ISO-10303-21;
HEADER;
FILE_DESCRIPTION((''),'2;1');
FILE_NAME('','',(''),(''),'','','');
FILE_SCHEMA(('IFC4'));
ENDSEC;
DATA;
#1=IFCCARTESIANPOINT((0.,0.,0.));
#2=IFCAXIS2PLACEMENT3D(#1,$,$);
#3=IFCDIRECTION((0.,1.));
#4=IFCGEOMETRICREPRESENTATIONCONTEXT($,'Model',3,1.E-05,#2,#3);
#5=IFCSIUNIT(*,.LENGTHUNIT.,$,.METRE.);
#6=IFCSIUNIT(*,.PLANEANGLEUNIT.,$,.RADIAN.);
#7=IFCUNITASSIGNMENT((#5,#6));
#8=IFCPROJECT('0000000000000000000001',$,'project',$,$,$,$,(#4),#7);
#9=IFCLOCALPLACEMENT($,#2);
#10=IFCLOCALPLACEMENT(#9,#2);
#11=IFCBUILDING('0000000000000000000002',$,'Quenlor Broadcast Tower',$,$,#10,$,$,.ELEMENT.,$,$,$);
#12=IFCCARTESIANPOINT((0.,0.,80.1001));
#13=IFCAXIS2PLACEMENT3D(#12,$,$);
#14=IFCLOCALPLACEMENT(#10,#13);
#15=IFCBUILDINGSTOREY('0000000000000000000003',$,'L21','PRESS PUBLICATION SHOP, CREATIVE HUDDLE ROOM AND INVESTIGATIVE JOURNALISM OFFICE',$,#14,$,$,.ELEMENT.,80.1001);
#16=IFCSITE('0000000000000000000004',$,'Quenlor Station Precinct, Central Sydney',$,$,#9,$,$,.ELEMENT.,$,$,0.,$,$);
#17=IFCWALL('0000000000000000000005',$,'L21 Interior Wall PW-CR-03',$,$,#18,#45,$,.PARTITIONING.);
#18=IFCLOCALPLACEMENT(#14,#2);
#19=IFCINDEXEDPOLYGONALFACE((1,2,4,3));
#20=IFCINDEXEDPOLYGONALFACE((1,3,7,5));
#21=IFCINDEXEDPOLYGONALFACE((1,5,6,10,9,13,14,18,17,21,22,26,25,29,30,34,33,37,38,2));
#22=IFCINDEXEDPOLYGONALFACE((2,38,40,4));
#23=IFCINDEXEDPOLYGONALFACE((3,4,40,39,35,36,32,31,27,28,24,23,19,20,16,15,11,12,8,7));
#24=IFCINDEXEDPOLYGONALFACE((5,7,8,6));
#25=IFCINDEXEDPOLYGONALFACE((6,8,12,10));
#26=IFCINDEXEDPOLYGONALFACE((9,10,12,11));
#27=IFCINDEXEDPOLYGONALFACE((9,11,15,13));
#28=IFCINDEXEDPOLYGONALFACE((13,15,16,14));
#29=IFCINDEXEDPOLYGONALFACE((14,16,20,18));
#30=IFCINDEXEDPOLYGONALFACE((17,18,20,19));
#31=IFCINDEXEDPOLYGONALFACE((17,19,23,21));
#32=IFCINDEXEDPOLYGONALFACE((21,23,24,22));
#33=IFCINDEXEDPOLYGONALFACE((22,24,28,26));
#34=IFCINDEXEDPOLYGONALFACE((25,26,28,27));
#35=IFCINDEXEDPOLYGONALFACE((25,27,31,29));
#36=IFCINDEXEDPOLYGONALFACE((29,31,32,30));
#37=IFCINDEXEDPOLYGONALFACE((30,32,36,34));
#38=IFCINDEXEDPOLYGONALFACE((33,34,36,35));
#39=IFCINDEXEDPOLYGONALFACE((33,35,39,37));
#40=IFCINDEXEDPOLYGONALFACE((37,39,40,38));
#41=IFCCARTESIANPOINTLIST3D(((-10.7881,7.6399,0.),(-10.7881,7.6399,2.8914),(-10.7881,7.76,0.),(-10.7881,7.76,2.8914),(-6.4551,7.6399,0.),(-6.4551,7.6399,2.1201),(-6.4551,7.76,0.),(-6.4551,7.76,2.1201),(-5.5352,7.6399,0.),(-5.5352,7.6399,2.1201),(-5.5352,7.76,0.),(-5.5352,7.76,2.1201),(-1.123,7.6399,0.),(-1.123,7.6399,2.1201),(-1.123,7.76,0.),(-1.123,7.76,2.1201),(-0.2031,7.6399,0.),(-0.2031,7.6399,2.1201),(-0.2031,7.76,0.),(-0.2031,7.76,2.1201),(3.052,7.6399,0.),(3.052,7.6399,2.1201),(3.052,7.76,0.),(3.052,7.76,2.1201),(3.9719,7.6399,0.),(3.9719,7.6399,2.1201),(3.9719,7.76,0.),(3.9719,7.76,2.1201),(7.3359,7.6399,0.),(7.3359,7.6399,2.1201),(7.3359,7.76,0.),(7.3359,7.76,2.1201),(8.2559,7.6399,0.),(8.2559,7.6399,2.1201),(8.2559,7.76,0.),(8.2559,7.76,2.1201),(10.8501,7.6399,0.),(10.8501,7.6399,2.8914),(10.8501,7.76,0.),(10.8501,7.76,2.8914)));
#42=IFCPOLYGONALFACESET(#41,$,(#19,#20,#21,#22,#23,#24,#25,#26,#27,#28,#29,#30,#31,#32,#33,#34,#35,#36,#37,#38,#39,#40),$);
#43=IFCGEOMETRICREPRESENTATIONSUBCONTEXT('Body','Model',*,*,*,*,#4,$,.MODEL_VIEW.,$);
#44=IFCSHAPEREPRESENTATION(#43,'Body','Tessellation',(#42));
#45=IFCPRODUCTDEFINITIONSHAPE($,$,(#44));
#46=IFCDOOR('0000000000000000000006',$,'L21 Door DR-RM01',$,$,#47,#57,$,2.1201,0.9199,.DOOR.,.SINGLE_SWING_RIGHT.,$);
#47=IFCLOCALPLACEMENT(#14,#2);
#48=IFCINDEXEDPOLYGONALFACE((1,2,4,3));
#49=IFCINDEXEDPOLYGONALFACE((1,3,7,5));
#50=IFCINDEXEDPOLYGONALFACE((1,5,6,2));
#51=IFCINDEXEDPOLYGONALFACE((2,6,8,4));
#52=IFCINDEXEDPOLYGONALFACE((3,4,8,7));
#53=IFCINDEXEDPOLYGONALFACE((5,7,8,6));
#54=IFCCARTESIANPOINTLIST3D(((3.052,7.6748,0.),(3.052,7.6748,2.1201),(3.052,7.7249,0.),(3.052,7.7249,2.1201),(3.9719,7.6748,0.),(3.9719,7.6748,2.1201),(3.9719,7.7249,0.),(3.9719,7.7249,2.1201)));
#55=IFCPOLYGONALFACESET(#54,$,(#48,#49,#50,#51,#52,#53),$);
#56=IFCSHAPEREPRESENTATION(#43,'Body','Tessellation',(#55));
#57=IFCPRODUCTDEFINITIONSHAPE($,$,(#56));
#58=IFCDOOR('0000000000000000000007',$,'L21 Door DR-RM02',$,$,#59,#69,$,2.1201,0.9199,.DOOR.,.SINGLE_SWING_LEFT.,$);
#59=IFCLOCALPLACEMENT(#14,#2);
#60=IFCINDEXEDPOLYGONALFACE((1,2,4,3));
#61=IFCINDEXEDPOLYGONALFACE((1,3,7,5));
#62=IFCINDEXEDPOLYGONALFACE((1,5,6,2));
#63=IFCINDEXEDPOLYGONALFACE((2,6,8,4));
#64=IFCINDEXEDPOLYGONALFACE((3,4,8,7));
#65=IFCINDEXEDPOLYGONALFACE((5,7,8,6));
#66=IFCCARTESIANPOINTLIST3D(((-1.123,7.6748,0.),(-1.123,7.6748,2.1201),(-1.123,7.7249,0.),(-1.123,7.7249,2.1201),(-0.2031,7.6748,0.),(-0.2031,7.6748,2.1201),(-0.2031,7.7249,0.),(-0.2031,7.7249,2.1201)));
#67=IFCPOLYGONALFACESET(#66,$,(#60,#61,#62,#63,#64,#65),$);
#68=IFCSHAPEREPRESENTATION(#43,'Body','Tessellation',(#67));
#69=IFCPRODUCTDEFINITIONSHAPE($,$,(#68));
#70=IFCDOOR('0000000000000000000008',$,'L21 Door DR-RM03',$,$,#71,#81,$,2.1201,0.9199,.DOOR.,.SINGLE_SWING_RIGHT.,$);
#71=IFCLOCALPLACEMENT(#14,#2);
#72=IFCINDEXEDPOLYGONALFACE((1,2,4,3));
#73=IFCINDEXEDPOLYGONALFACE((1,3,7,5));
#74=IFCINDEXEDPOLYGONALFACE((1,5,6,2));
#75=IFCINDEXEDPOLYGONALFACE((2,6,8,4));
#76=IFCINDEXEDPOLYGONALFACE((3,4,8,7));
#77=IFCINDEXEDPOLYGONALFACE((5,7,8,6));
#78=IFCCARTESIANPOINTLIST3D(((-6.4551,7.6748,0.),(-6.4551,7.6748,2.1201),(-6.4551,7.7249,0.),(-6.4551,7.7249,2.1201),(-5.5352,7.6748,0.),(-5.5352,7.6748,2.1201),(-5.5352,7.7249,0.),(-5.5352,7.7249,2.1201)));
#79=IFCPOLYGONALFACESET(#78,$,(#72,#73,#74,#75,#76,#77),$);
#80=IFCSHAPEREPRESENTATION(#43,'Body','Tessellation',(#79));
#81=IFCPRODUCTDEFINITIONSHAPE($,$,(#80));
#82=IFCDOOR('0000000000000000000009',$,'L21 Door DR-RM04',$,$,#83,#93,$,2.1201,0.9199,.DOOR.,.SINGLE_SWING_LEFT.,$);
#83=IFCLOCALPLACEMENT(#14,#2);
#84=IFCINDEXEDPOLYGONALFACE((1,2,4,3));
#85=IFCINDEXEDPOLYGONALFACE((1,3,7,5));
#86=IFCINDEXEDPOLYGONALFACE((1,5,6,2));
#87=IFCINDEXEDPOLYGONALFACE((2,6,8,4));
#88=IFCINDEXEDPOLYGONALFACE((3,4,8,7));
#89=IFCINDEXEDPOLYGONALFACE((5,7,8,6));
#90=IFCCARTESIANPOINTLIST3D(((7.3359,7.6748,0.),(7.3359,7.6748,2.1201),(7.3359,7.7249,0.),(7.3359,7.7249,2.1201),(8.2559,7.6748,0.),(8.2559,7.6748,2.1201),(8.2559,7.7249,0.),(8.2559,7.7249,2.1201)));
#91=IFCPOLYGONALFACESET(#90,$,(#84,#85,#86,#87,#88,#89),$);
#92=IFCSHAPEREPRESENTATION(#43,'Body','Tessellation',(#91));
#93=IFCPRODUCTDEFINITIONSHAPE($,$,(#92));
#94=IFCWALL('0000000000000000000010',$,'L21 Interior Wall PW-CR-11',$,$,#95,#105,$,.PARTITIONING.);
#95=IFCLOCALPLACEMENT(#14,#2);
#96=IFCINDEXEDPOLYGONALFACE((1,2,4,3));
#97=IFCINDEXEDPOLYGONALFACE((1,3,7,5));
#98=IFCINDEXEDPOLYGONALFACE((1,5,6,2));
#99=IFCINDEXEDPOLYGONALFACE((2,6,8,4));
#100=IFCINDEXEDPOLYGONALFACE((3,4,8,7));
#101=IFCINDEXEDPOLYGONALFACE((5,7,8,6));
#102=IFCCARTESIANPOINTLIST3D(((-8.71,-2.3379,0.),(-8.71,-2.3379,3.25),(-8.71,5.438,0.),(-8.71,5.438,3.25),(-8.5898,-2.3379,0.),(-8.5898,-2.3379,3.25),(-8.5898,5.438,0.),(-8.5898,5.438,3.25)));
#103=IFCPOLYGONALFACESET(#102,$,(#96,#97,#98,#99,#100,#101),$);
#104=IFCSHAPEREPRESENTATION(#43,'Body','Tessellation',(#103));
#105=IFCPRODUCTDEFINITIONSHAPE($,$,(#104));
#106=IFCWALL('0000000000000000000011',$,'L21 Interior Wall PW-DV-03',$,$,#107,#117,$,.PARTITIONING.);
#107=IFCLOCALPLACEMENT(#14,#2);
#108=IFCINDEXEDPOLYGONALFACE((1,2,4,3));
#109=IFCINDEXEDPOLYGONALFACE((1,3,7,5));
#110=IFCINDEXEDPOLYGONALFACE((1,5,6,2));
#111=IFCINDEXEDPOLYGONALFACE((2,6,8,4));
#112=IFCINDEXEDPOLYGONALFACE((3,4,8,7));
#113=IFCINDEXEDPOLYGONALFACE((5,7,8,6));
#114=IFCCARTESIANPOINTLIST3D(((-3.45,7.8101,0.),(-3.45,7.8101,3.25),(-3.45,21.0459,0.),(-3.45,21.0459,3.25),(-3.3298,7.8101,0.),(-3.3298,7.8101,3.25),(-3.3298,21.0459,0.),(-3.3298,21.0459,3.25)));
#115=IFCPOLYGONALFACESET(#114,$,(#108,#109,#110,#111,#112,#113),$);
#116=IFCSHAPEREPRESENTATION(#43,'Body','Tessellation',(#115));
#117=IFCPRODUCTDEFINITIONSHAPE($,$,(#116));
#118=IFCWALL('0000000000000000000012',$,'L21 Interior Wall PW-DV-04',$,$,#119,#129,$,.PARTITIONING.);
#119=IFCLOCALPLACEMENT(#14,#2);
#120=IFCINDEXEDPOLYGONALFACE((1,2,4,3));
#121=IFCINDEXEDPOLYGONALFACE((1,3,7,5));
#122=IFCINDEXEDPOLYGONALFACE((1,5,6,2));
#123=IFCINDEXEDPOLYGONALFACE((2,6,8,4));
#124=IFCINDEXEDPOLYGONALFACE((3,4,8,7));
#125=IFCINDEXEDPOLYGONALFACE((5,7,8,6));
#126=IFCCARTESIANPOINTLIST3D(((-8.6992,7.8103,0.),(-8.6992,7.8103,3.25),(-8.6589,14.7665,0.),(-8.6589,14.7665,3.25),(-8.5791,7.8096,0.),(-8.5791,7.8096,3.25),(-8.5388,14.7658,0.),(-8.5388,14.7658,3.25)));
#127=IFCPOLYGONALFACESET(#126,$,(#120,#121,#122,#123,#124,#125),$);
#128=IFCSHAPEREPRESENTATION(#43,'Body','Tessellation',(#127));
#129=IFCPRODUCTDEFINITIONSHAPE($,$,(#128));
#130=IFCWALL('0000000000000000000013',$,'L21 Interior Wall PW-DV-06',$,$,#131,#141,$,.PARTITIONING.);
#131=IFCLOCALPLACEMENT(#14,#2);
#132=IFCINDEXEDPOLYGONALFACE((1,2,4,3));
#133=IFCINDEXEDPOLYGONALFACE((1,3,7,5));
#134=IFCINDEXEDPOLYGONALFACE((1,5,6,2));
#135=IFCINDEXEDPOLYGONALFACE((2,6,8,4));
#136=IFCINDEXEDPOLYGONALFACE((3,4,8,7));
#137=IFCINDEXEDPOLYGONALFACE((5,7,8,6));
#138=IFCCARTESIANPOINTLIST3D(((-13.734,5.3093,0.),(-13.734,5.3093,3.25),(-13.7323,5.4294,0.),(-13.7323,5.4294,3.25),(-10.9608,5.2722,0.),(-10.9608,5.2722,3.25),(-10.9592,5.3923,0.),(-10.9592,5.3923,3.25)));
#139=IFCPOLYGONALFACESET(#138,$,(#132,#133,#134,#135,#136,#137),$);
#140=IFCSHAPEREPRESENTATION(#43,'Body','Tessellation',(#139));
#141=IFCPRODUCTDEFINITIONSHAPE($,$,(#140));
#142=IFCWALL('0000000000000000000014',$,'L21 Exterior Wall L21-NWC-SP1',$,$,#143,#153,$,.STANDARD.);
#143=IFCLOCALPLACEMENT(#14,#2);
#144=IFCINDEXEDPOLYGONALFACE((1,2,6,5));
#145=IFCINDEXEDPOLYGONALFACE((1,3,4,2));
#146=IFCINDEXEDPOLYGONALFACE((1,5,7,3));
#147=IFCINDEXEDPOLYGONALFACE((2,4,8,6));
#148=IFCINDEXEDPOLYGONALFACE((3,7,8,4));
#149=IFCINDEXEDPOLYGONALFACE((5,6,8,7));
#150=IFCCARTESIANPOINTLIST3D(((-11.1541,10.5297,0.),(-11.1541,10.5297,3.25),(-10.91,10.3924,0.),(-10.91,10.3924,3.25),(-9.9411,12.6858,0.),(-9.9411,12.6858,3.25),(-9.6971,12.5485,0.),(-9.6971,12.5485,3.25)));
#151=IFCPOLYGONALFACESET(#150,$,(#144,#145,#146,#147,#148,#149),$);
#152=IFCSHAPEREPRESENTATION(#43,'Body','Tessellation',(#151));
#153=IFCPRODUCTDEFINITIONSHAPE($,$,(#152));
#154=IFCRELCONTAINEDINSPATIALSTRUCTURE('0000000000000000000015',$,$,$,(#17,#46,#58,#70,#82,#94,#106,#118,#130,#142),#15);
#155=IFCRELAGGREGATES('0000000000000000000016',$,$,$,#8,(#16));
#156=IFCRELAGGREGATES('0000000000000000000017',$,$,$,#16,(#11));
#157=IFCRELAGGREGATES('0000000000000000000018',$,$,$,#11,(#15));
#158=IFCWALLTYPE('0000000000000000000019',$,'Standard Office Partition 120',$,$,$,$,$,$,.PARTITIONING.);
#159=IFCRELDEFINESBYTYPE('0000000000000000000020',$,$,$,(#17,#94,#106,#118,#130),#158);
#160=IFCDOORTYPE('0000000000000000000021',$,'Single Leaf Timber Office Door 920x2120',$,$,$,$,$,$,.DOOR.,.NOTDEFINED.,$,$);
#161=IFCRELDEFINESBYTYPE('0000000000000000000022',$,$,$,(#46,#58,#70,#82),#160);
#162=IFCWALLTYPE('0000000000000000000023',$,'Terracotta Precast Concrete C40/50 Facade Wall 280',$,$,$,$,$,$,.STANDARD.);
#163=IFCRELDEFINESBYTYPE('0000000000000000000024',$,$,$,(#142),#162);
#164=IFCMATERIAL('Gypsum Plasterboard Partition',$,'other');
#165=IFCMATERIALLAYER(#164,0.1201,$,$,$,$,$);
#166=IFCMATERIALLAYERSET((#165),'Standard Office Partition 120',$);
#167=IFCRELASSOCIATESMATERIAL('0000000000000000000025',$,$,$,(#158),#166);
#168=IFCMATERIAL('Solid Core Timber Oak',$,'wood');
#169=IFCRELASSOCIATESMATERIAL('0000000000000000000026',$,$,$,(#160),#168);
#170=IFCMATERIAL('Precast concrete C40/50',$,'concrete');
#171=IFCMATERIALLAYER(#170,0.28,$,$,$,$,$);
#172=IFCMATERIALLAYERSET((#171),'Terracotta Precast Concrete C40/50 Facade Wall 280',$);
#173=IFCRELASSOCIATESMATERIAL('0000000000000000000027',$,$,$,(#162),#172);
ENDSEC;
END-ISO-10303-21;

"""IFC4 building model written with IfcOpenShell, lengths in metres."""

from ifc_helpers import new_model, si_unit, direction, frame, frame_2d, origin, place, context, subcontext, project, spatial, rectangle, extrude, material, layer, layer_set, type_object, element, fill, save


model = new_model("IFC4")

# Units and contexts
model_context = context("Model", 3, precision=1e-05, world=origin(), true_north=direction((0.0, 1.0)))
body_context = subcontext(model_context, "Body", "Model", "MODEL_VIEW")
ifc_project = project(units=[si_unit("LENGTHUNIT", "METRE"), si_unit("PLANEANGLEUNIT", "RADIAN")], contexts=[model_context])

# Site, building, storey
site_placement = place(None, origin())
site = spatial("IfcSite", under=ifc_project, at=site_placement, Name="Quenlor Station Precinct, Central Sydney", CompositionType="ELEMENT", RefElevation=0.0)
building_placement = place(site_placement, origin())
building = spatial("IfcBuilding", under=site, at=building_placement, Name="Quenlor Broadcast Tower", CompositionType="ELEMENT")
storey_placement = place(building_placement, frame((0.0, 0.0, 80.1001)))
storey = spatial("IfcBuildingStorey", under=building, at=storey_placement, Name="L21", Description="PRESS PUBLICATION SHOP, CREATIVE HUDDLE ROOM AND INVESTIGATIVE JOURNALISM OFFICE", CompositionType="ELEMENT", Elevation=80.1001)

# Wall, openings, doors
ifc_material_1 = material(Name="Gypsum Plasterboard Partition", Category="other")
ifc_layer_1 = layer(ifc_material_1, 0.1201)
ifc_layer_set_1 = layer_set([ifc_layer_1], Name="Standard Office Partition 120")
wall_type_1 = type_object("IfcWallType", Name="Standard Office Partition 120", PredefinedType="PARTITIONING", material=ifc_layer_set_1)
wall_1_placement = place(storey_placement, frame((-10.7881, 7.7, 0.0), z_axis=(0.0, 0.0, 1.0), x_axis=(1.0, 0.0, 0.0)))
wall_1 = element("IfcWall", 1, at=wall_1_placement, inside=storey, type_object=wall_type_1, Name="L21 Interior Wall PW-CR-03", PredefinedType="PARTITIONING", context=body_context, shape_type="SweptSolid", body=[
    extrude(rectangle(XDim=21.6382, YDim=0.1201, at=frame_2d((10.8191, 0.0))), origin(), (0.0, 0.0, 1.0), 2.8914),
])
opening_1_placement = place(wall_1_placement, frame((13.8401, 0.0, 0.0)))
opening_1 = element("IfcOpeningElement", 2, at=opening_1_placement, cuts=wall_1, PredefinedType="OPENING", context=body_context, shape_type="SweptSolid", body=[
    extrude(rectangle(XDim=0.9199, YDim=2.1201, at=frame_2d((0.46, 1.0601))), frame((0.0, 0.0701, 0.0), z_axis=(0.0, -1.0, 0.0), x_axis=(1.0, 0.0, 0.0)), (0.0, 0.0, 1.0), 0.1401),
])
opening_2_placement = place(wall_1_placement, frame((9.665, 0.0, 0.0)))
opening_2 = element("IfcOpeningElement", 3, at=opening_2_placement, cuts=wall_1, PredefinedType="OPENING", context=body_context, shape_type="SweptSolid", body=[
    extrude(rectangle(XDim=0.9199, YDim=2.1201, at=frame_2d((0.46, 1.0601))), frame((0.0, 0.0701, 0.0), z_axis=(0.0, -1.0, 0.0), x_axis=(1.0, 0.0, 0.0)), (0.0, 0.0, 1.0), 0.1401),
])
opening_3_placement = place(wall_1_placement, frame((4.333, 0.0, 0.0)))
opening_3 = element("IfcOpeningElement", 4, at=opening_3_placement, cuts=wall_1, PredefinedType="OPENING", context=body_context, shape_type="SweptSolid", body=[
    extrude(rectangle(XDim=0.9199, YDim=2.1201, at=frame_2d((0.46, 1.0601))), frame((0.0, 0.0701, 0.0), z_axis=(0.0, -1.0, 0.0), x_axis=(1.0, 0.0, 0.0)), (0.0, 0.0, 1.0), 0.1401),
])
opening_4_placement = place(wall_1_placement, frame((18.124, 0.0, 0.0)))
opening_4 = element("IfcOpeningElement", 5, at=opening_4_placement, cuts=wall_1, PredefinedType="OPENING", context=body_context, shape_type="SweptSolid", body=[
    extrude(rectangle(XDim=0.9199, YDim=2.1201, at=frame_2d((0.46, 1.0601))), frame((0.0, 0.0701, 0.0), z_axis=(0.0, -1.0, 0.0), x_axis=(1.0, 0.0, 0.0)), (0.0, 0.0, 1.0), 0.1401),
])
ifc_material_2 = material(Name="Solid Core Timber Oak", Category="wood")
door_type = type_object("IfcDoorType", Name="Single Leaf Timber Office Door 920x2120", OperationType="NOTDEFINED", PredefinedType="DOOR", material=ifc_material_2)
door_1_placement = place(opening_1_placement, origin())
door_1 = element("IfcDoor", 6, at=door_1_placement, inside=storey, type_object=door_type, Name="L21 Door DR-RM01", OperationType="SINGLE_SWING_RIGHT", OverallHeight=2.1201, OverallWidth=0.9199, PredefinedType="DOOR", context=body_context, shape_type="SweptSolid", body=[
    extrude(rectangle(XDim=0.9199, YDim=2.1201, at=frame_2d((0.46, 1.0601))), frame((0.0, 0.0249, 0.0), z_axis=(0.0, -1.0, 0.0), x_axis=(1.0, 0.0, 0.0)), (0.0, 0.0, 1.0), 0.05),
])
fill(opening_1, door_1)
door_2_placement = place(opening_2_placement, origin())
door_2 = element("IfcDoor", 7, at=door_2_placement, inside=storey, type_object=door_type, Name="L21 Door DR-RM02", OperationType="SINGLE_SWING_LEFT", OverallHeight=2.1201, OverallWidth=0.9199, PredefinedType="DOOR", context=body_context, shape_type="SweptSolid", body=[
    extrude(rectangle(XDim=0.9199, YDim=2.1201, at=frame_2d((0.46, 1.0601))), frame((0.0, 0.0249, 0.0), z_axis=(0.0, -1.0, 0.0), x_axis=(1.0, 0.0, 0.0)), (0.0, 0.0, 1.0), 0.05),
])
fill(opening_2, door_2)
door_3_placement = place(opening_3_placement, origin())
door_3 = element("IfcDoor", 8, at=door_3_placement, inside=storey, type_object=door_type, Name="L21 Door DR-RM03", OperationType="SINGLE_SWING_RIGHT", OverallHeight=2.1201, OverallWidth=0.9199, PredefinedType="DOOR", context=body_context, shape_type="SweptSolid", body=[
    extrude(rectangle(XDim=0.9199, YDim=2.1201, at=frame_2d((0.46, 1.0601))), frame((0.0, 0.0249, 0.0), z_axis=(0.0, -1.0, 0.0), x_axis=(1.0, 0.0, 0.0)), (0.0, 0.0, 1.0), 0.05),
])
fill(opening_3, door_3)
door_4_placement = place(opening_4_placement, origin())
door_4 = element("IfcDoor", 9, at=door_4_placement, inside=storey, type_object=door_type, Name="L21 Door DR-RM04", OperationType="SINGLE_SWING_LEFT", OverallHeight=2.1201, OverallWidth=0.9199, PredefinedType="DOOR", context=body_context, shape_type="SweptSolid", body=[
    extrude(rectangle(XDim=0.9199, YDim=2.1201, at=frame_2d((0.46, 1.0601))), frame((0.0, 0.0249, 0.0), z_axis=(0.0, -1.0, 0.0), x_axis=(1.0, 0.0, 0.0)), (0.0, 0.0, 1.0), 0.05),
])
fill(opening_4, door_4)

# Walls
wall_2_placement = place(storey_placement, frame((-8.6499, 5.438, 0.0), z_axis=(0.0, 0.0, 1.0), x_axis=(0.0, -1.0, 0.0)))
element("IfcWall", 10, at=wall_2_placement, inside=storey, type_object=wall_type_1, Name="L21 Interior Wall PW-CR-11", PredefinedType="PARTITIONING", context=body_context, shape_type="SweptSolid", body=[
    extrude(rectangle(XDim=7.7759, YDim=0.1201, at=frame_2d((3.8879, 0.0))), origin(), (0.0, 0.0, 1.0), 3.25),
])
wall_3_placement = place(storey_placement, frame((-3.3899, 7.8101, 0.0), z_axis=(0.0, 0.0, 1.0), x_axis=(0.0, 1.0, 0.0)))
element("IfcWall", 11, at=wall_3_placement, inside=storey, type_object=wall_type_1, Name="L21 Interior Wall PW-DV-03", PredefinedType="PARTITIONING", context=body_context, shape_type="SweptSolid", body=[
    extrude(rectangle(XDim=13.2358, YDim=0.1201, at=frame_2d((6.6179, 0.0))), origin(), (0.0, 0.0, 1.0), 3.25),
])
wall_4_placement = place(storey_placement, frame((-8.6392, 7.8101, 0.0), z_axis=(0.0, 0.0, 1.0), x_axis=(0.005791, 0.999983, 0.0)))
element("IfcWall", 12, at=wall_4_placement, inside=storey, type_object=wall_type_1, Name="L21 Interior Wall PW-DV-04", PredefinedType="PARTITIONING", context=body_context, shape_type="SweptSolid", body=[
    extrude(rectangle(XDim=6.9563, YDim=0.1201, at=frame_2d((3.478, 0.0))), origin(), (0.0, 0.0, 1.0), 3.25),
])
wall_5_placement = place(storey_placement, frame((-10.96, 5.3323, 0.0), z_axis=(0.0, 0.0, 1.0), x_axis=(-0.99991, 0.01338, 0.0)))
element("IfcWall", 13, at=wall_5_placement, inside=storey, type_object=wall_type_1, Name="L21 Interior Wall PW-DV-06", PredefinedType="PARTITIONING", context=body_context, shape_type="SweptSolid", body=[
    extrude(rectangle(XDim=2.7734, YDim=0.1201, at=frame_2d((1.3867, 0.0))), origin(), (0.0, 0.0, 1.0), 3.25),
])
ifc_material_3 = material(Name="Precast concrete C40/50", Category="concrete")
ifc_layer_2 = layer(ifc_material_3, 0.28)
ifc_layer_set_2 = layer_set([ifc_layer_2], Name="Terracotta Precast Concrete C40/50 Facade Wall 280")
wall_type_2 = type_object("IfcWallType", Name="Terracotta Precast Concrete C40/50 Facade Wall 280", PredefinedType="STANDARD", material=ifc_layer_set_2)
wall_6_placement = place(storey_placement, frame((-11.032, 10.4612, 0.0), z_axis=(0.0, 0.0, 1.0), x_axis=(0.490303, 0.871552, 0.0)))
element("IfcWall", 14, at=wall_6_placement, inside=storey, type_object=wall_type_2, Name="L21 Exterior Wall L21-NWC-SP1", PredefinedType="STANDARD", context=body_context, shape_type="SweptSolid", body=[
    extrude(rectangle(XDim=2.4739, YDim=0.28, at=frame_2d((1.2368, 0.0))), origin(), (0.0, 0.0, 1.0), 3.25),
])

save(model, "model.ifc")
